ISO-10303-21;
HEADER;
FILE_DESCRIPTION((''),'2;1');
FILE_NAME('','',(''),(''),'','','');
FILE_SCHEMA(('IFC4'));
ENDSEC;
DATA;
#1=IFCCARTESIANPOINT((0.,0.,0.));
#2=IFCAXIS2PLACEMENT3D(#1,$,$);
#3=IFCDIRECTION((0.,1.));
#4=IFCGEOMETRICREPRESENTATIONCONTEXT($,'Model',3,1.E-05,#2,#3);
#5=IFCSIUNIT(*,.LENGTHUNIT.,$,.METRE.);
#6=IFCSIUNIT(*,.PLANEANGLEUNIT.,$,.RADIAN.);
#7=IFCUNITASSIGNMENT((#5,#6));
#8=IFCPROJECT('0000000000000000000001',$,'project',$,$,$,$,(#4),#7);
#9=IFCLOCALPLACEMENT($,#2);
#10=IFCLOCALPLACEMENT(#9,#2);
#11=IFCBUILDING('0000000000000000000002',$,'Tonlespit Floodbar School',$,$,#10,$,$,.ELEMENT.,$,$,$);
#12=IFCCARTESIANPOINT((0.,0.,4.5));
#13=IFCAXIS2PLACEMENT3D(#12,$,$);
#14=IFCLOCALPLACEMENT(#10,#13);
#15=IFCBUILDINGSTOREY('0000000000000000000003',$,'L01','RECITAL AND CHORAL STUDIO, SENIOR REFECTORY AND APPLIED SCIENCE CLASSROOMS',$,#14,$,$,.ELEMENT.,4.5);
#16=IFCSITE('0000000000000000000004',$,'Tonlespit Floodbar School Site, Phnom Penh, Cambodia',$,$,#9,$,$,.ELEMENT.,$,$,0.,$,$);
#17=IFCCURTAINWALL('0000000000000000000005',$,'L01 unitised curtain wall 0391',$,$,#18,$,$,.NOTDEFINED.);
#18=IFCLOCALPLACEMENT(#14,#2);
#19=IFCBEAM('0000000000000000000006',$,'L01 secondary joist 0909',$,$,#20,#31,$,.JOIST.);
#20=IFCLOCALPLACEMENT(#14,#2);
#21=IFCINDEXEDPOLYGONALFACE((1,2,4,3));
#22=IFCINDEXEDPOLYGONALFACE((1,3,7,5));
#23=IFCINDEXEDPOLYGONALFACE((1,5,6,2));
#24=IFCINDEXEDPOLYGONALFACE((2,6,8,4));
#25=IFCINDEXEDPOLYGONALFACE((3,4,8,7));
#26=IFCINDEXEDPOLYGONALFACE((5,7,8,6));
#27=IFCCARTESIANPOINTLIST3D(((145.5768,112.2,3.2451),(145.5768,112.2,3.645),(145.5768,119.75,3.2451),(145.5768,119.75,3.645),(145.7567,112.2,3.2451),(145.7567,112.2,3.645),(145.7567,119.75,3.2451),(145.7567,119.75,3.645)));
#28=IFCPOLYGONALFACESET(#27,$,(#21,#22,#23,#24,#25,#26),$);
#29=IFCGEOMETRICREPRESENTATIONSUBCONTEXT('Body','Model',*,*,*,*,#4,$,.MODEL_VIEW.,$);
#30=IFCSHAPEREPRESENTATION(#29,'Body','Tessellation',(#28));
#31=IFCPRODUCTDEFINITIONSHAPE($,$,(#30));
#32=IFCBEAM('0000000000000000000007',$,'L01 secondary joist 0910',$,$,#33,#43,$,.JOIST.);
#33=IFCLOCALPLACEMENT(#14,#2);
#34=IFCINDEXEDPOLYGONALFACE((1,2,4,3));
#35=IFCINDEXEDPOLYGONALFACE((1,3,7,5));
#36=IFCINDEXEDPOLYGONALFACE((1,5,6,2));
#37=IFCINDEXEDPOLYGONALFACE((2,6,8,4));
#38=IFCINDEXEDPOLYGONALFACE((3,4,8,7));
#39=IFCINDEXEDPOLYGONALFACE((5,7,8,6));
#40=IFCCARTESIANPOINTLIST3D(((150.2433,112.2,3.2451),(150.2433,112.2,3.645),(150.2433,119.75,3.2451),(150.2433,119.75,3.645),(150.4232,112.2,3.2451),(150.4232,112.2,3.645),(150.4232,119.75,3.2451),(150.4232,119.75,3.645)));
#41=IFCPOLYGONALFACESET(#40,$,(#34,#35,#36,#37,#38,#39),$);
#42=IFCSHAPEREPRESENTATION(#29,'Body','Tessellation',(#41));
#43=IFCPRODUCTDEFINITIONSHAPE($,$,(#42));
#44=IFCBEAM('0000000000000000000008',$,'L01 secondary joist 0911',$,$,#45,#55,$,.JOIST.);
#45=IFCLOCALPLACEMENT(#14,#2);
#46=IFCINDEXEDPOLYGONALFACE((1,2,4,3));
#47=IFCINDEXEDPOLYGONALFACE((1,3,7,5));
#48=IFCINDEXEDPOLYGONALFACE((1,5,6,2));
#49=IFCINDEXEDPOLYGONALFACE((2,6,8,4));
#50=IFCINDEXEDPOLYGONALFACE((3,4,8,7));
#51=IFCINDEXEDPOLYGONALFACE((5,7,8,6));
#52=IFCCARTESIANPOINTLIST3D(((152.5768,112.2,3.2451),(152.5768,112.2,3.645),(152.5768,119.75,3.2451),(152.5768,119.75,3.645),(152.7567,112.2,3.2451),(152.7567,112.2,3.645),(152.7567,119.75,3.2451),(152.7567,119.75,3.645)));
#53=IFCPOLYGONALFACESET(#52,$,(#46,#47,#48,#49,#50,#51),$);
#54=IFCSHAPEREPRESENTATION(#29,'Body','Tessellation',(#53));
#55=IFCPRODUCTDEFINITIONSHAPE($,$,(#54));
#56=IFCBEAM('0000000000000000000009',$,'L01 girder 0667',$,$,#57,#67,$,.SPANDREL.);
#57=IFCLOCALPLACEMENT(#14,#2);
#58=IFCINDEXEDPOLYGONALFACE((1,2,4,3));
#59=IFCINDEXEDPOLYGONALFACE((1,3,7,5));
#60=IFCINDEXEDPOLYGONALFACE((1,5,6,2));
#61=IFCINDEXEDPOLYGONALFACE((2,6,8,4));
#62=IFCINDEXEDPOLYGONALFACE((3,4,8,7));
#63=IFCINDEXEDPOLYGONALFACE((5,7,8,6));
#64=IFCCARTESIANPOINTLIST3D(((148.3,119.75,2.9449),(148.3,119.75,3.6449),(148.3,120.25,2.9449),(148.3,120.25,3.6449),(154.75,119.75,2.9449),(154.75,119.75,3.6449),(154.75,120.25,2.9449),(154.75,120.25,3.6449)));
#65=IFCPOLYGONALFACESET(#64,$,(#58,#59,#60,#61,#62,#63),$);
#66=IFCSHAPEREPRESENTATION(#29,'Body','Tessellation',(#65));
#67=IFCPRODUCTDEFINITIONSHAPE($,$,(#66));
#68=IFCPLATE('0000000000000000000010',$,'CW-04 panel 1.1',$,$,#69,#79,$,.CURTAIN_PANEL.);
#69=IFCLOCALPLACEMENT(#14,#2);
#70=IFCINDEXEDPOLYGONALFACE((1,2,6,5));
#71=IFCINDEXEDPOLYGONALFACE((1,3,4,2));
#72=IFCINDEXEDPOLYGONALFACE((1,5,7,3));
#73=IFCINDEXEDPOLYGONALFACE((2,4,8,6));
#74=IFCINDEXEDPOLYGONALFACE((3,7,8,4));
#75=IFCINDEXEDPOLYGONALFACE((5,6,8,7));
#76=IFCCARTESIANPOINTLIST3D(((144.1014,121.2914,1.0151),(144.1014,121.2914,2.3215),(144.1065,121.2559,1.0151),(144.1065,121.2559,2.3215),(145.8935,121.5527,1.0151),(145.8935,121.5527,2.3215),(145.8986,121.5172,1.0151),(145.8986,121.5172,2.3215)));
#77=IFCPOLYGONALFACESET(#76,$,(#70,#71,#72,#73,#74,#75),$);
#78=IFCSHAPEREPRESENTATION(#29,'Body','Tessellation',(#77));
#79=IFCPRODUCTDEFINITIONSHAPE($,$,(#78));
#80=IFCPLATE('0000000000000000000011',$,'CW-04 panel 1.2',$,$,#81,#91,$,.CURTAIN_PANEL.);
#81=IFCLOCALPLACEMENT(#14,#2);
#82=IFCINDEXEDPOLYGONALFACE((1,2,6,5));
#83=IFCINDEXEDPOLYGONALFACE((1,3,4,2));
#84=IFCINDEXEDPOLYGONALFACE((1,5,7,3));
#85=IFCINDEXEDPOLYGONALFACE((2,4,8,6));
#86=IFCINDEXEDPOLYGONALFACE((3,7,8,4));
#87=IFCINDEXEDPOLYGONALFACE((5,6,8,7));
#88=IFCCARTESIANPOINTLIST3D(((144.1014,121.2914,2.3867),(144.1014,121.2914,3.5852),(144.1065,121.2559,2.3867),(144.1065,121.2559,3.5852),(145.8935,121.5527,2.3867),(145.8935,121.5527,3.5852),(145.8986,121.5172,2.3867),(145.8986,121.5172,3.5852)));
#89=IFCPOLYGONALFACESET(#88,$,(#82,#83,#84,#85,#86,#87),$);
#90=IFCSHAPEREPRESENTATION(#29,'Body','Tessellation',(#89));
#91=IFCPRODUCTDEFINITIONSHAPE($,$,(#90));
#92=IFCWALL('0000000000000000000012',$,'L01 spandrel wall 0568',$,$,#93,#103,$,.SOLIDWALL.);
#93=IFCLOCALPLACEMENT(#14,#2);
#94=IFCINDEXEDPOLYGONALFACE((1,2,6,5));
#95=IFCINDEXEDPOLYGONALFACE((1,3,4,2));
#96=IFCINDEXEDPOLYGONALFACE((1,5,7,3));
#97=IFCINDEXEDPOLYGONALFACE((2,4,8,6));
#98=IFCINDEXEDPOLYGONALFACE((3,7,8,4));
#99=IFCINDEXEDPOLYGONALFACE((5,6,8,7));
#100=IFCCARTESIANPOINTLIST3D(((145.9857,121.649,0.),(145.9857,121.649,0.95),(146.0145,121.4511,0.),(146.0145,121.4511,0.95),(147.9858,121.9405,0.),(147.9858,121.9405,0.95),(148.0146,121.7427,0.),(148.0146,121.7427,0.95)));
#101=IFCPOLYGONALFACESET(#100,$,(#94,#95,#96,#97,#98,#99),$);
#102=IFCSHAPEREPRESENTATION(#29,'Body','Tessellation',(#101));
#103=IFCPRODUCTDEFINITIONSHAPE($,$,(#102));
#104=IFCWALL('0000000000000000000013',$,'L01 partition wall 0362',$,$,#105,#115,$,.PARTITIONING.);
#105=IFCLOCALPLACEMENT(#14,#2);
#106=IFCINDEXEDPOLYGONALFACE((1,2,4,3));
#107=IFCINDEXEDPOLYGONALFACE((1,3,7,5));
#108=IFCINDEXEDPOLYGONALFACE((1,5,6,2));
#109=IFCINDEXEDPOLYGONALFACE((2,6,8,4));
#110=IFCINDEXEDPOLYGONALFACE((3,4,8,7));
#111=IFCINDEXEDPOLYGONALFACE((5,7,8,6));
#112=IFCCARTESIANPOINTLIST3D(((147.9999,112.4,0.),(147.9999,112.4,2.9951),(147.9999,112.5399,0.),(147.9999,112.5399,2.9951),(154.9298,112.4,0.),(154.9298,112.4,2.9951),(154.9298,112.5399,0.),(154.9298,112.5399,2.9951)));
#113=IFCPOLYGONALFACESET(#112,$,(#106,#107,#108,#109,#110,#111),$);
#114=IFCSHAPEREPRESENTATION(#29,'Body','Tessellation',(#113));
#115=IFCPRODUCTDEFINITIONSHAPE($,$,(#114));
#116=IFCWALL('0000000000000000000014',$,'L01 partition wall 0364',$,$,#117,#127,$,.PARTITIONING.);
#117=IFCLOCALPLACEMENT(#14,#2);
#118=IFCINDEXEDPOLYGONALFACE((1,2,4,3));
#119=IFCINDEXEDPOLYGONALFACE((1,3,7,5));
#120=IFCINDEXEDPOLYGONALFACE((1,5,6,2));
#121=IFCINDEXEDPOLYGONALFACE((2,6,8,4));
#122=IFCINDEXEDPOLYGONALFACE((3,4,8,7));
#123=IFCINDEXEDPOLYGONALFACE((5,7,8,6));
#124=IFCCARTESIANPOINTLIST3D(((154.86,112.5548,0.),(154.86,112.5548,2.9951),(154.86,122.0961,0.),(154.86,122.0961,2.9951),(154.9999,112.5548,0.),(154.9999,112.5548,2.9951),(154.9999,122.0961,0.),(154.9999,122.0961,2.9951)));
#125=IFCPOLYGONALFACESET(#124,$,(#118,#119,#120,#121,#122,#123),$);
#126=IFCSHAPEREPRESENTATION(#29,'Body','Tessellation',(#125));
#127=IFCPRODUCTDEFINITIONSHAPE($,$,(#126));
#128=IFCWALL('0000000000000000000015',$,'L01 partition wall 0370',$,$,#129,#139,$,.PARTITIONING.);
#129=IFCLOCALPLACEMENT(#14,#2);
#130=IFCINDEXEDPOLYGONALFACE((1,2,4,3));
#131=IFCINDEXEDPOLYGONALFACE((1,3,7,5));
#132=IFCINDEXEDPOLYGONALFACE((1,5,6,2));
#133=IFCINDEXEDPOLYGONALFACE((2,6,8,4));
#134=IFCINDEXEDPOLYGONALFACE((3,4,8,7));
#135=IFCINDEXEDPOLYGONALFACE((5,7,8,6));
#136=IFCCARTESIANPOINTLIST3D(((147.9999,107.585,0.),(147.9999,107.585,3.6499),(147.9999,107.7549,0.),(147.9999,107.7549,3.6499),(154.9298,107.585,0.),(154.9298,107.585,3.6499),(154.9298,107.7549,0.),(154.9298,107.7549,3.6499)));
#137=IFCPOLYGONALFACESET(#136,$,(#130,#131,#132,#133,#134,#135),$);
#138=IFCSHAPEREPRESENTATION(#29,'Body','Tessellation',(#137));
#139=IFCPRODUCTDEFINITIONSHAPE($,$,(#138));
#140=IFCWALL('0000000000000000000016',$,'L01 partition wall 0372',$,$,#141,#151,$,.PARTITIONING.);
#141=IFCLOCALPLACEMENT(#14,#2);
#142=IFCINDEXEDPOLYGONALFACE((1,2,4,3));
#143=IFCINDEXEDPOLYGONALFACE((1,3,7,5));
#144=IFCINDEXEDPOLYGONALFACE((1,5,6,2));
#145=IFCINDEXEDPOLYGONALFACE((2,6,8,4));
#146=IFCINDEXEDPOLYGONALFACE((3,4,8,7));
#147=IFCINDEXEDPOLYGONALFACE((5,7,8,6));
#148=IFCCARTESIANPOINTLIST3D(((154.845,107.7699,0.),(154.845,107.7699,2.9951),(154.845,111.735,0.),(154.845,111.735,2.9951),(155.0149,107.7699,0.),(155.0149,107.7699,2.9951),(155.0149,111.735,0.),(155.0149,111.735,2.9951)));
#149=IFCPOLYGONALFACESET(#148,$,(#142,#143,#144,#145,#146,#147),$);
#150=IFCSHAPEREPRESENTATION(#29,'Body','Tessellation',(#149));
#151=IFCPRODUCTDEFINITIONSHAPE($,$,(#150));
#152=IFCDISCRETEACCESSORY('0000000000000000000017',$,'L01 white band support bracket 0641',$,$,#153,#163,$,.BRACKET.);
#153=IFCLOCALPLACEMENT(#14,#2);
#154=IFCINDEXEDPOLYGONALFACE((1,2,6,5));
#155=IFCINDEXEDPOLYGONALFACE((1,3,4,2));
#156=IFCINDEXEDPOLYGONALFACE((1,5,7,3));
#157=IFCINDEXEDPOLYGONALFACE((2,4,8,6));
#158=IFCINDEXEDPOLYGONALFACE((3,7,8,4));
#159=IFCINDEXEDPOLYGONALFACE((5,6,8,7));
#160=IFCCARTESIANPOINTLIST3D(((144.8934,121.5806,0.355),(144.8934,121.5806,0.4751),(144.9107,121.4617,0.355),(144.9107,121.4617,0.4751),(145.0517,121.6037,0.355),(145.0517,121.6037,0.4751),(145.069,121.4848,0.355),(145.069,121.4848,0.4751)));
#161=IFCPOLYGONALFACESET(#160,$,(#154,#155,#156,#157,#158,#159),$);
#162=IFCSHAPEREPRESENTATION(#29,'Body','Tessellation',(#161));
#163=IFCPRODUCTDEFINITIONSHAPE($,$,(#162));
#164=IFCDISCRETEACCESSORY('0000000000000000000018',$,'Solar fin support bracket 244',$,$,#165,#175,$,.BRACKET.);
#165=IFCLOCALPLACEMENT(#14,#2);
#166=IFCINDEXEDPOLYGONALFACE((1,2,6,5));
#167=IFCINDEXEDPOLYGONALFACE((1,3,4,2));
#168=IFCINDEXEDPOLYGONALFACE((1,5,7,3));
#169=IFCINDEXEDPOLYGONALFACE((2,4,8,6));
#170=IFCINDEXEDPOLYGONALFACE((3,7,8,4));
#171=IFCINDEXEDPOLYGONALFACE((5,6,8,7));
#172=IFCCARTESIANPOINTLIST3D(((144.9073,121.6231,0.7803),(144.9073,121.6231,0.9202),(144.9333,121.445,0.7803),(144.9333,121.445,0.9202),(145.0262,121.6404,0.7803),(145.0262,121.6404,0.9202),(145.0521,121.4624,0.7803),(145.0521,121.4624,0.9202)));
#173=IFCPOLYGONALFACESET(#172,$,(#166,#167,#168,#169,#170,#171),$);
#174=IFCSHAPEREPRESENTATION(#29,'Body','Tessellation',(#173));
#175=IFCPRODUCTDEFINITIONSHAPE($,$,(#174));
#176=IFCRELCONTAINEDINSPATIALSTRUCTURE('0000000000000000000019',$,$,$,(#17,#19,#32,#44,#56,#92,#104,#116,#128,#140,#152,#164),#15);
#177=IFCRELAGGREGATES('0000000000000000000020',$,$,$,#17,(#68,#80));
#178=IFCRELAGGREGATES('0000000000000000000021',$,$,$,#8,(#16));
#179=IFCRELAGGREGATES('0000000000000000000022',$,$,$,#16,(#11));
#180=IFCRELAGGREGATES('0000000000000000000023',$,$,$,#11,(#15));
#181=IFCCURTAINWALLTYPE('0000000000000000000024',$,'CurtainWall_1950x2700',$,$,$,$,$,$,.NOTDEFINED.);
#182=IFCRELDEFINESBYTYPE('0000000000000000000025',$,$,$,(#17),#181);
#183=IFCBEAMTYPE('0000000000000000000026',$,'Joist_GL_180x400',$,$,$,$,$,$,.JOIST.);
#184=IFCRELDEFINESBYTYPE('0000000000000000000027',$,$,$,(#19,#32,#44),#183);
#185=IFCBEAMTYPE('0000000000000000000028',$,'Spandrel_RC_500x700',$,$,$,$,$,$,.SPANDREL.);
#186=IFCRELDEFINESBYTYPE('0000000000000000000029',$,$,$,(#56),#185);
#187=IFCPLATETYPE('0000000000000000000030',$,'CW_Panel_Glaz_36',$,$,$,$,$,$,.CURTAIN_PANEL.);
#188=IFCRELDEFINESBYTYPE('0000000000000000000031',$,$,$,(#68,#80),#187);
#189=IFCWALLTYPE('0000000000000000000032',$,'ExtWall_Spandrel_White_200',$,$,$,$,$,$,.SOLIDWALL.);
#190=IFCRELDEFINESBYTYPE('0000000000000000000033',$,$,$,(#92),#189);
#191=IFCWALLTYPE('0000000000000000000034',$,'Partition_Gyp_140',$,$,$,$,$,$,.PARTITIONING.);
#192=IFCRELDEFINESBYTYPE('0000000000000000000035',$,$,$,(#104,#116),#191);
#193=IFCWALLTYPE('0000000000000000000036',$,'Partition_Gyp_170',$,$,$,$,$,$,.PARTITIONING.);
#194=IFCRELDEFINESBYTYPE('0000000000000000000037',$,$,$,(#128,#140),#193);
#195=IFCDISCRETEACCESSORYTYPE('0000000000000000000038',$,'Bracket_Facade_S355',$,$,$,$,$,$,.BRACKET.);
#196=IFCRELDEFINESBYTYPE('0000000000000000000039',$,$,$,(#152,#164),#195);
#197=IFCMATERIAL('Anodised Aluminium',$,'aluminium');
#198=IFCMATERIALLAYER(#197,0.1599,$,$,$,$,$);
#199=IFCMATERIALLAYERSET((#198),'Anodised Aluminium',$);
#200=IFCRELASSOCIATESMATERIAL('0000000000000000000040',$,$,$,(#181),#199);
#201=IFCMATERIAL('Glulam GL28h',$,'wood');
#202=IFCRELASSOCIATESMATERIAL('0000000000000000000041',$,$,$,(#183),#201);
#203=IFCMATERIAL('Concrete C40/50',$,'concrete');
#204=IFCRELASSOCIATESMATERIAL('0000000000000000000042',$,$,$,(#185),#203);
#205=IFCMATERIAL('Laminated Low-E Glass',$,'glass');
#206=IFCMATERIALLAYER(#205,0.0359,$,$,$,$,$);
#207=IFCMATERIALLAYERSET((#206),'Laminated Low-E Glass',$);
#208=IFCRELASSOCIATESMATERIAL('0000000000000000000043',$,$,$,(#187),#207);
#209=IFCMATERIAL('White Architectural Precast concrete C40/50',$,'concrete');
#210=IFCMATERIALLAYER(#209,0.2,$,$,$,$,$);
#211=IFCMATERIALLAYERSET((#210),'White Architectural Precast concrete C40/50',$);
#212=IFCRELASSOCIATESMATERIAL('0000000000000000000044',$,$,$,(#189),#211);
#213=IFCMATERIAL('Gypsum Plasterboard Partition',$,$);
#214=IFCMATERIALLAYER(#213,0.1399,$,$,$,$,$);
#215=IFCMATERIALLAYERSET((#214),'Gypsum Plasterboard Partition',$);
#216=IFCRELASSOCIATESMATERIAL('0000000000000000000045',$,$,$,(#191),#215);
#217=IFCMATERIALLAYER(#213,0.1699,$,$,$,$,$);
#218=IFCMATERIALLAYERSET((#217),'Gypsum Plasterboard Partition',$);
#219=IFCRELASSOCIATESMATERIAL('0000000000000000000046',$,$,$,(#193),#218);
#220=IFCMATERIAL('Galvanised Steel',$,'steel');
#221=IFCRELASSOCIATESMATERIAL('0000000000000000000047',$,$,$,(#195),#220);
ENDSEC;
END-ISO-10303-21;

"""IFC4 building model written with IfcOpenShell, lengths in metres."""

from ifc_helpers import new_model, si_unit, direction, frame, frame_2d, origin, origin_2d, place, context, subcontext, project, spatial, rectangle, extrude, material, layer, layer_set, material_profile, profile_set, type_object, element, aggregate, save


model = new_model("IFC4")

# Units and contexts
model_context = context("Model", 3, precision=1e-05, world=origin(), true_north=direction((0.0, 1.0)))
body_context = subcontext(model_context, "Body", "Model", "MODEL_VIEW")
ifc_project = project(units=[si_unit("LENGTHUNIT", "METRE"), si_unit("PLANEANGLEUNIT", "RADIAN")], contexts=[model_context])

# Site, building, storey
site_placement = place(None, origin())
site = spatial("IfcSite", under=ifc_project, at=site_placement, Name="Tonlespit Floodbar School Site, Phnom Penh, Cambodia", CompositionType="ELEMENT", RefElevation=0.0)
building_placement = place(site_placement, origin())
building = spatial("IfcBuilding", under=site, at=building_placement, Name="Tonlespit Floodbar School", CompositionType="ELEMENT")
storey_placement = place(building_placement, frame((0.0, 0.0, 4.5)))
storey = spatial("IfcBuildingStorey", under=building, at=storey_placement, Name="L01", Description="RECITAL AND CHORAL STUDIO, SENIOR REFECTORY AND APPLIED SCIENCE CLASSROOMS", CompositionType="ELEMENT", Elevation=4.5)

# Shared definitions
ifc_material_1 = material(Name="Concrete C40/50", Category="concrete")

# Curtain wall
ifc_material_2 = material(Name="Anodised Aluminium", Category="aluminium")
ifc_layer_1 = layer(ifc_material_2, 0.1599)
ifc_layer_set_1 = layer_set([ifc_layer_1], Name="Anodised Aluminium")
curtain_wall_type = type_object("IfcCurtainWallType", Name="CurtainWall_1950x2700", PredefinedType="NOTDEFINED", material=ifc_layer_set_1)
curtain_wall_1_placement = place(storey_placement, origin())
curtain_wall_1 = element("IfcCurtainWall", 1, at=curtain_wall_1_placement, inside=storey, type_object=curtain_wall_type, Name="L01 unitised curtain wall 0391", PredefinedType="NOTDEFINED")

# Beams
ifc_material_3 = material(Name="Glulam GL28h", Category="wood")
ifc_material_profile_1 = material_profile(ifc_material_3, rectangle(XDim=0.1799, YDim=0.3999, at=origin_2d()), Name="GL 180x400")
ifc_profile_set_1 = profile_set([ifc_material_profile_1], Name="Glulam GL28h")
beam_type_1 = type_object("IfcBeamType", Name="Joist_GL_180x400", PredefinedType="JOIST", material=ifc_profile_set_1)
for number, where, z_axis, x_axis, name in (
    (2, (145.6667, 112.2, 3.4451), (0.0, 1.0, 0.0), (-1.0, 0.0, 0.0), "L01 secondary joist 0909"),
    (3, (150.3333, 112.2, 3.4451), (0.0, 1.0, 0.0), (-1.0, 0.0, 0.0), "L01 secondary joist 0910"),
    (4, (152.6667, 112.2, 3.4451), (0.0, 1.0, 0.0), (-1.0, 0.0, 0.0), "L01 secondary joist 0911"),
):
    element("IfcBeam", number, at=place(storey_placement, frame(where, z_axis=z_axis, x_axis=x_axis)), inside=storey, type_object=beam_type_1, Name=name, PredefinedType="JOIST", context=body_context, shape_type="SweptSolid", body=[
        extrude(rectangle(XDim=0.1799, YDim=0.3999, at=origin_2d()), origin(), (0.0, 0.0, 1.0), 7.55),
    ])
ifc_material_profile_2 = material_profile(ifc_material_1, rectangle(XDim=0.5, YDim=0.7, at=origin_2d()), Name="RC 500x700")
ifc_profile_set_2 = profile_set([ifc_material_profile_2], Name="Concrete C40/50")
beam_type_2 = type_object("IfcBeamType", Name="Spandrel_RC_500x700", PredefinedType="SPANDREL", material=ifc_profile_set_2)
beam_1_placement = place(storey_placement, frame((148.3, 120.0, 3.2949), z_axis=(1.0, 0.0, 0.0), x_axis=(0.0, 1.0, 0.0)))
element("IfcBeam", 5, at=beam_1_placement, inside=storey, type_object=beam_type_2, Name="L01 girder 0667", PredefinedType="SPANDREL", context=body_context, shape_type="SweptSolid", body=[
    extrude(rectangle(XDim=0.5, YDim=0.7, at=origin_2d()), origin(), (0.0, 0.0, 1.0), 6.45),
])

# Plates
ifc_material_4 = material(Name="Laminated Low-E Glass", Category="glass")
ifc_layer_2 = layer(ifc_material_4, 0.0359)
ifc_layer_set_2 = layer_set([ifc_layer_2], Name="Laminated Low-E Glass")
plate_type = type_object("IfcPlateType", Name="CW_Panel_Glaz_36", PredefinedType="CURTAIN_PANEL", material=ifc_layer_set_2)
plate_1_placement = place(storey_placement, frame((145.0, 121.4043, 1.0151), z_axis=(0.0, 0.0, 1.0), x_axis=(0.989542, 0.144248, 0.0)))
plate_1 = element("IfcPlate", 6, at=plate_1_placement, type_object=plate_type, Name="CW-04 panel 1.1", PredefinedType="CURTAIN_PANEL", context=body_context, shape_type="SweptSolid", body=[
    extrude(rectangle(XDim=1.811, YDim=0.0359, at=origin_2d()), origin(), (0.0, 0.0, 1.0), 1.3064),
])
plate_2_placement = place(storey_placement, frame((145.0, 121.4043, 2.3867), z_axis=(0.0, 0.0, 1.0), x_axis=(0.989542, 0.144248, 0.0)))
plate_2 = element("IfcPlate", 7, at=plate_2_placement, type_object=plate_type, Name="CW-04 panel 1.2", PredefinedType="CURTAIN_PANEL", context=body_context, shape_type="SweptSolid", body=[
    extrude(rectangle(XDim=1.811, YDim=0.0359, at=origin_2d()), origin(), (0.0, 0.0, 1.0), 1.1985),
])
aggregate(curtain_wall_1, [plate_1, plate_2])

# Walls
ifc_material_5 = material(Name="White Architectural Precast concrete C40/50", Category="concrete")
ifc_layer_3 = layer(ifc_material_5, 0.2)
ifc_layer_set_3 = layer_set([ifc_layer_3], Name="White Architectural Precast concrete C40/50")
wall_type_1 = type_object("IfcWallType", Name="ExtWall_Spandrel_White_200", PredefinedType="SOLIDWALL", material=ifc_layer_set_3)
wall_1_placement = place(storey_placement, frame((146.0, 121.55, 0.0), z_axis=(0.0, 0.0, 1.0), x_axis=(0.989544, 0.144228, 0.0)))
element("IfcWall", 8, at=wall_1_placement, inside=storey, type_object=wall_type_1, Name="L01 spandrel wall 0568", PredefinedType="SOLIDWALL", context=body_context, shape_type="SweptSolid", body=[
    extrude(rectangle(XDim=2.0212, YDim=0.2, at=frame_2d((1.0107, 0.0))), origin(), (0.0, 0.0, 1.0), 0.95),
])
ifc_material_6 = material(Name="Gypsum Plasterboard Partition")
ifc_layer_4 = layer(ifc_material_6, 0.1399)
ifc_layer_set_4 = layer_set([ifc_layer_4], Name="Gypsum Plasterboard Partition")
wall_type_2 = type_object("IfcWallType", Name="Partition_Gyp_140", PredefinedType="PARTITIONING", material=ifc_layer_set_4)
wall_2_placement = place(storey_placement, frame((148.0, 112.47, 0.0), z_axis=(0.0, 0.0, 1.0), x_axis=(1.0, 0.0, 0.0)))
element("IfcWall", 9, at=wall_2_placement, inside=storey, type_object=wall_type_2, Name="L01 partition wall 0362", PredefinedType="PARTITIONING", context=body_context, shape_type="SweptSolid", body=[
    extrude(rectangle(XDim=6.9299, YDim=0.1399, at=frame_2d((3.4648, 0.0))), origin(), (0.0, 0.0, 1.0), 2.9951),
])
wall_3_placement = place(storey_placement, frame((154.9299, 112.5549, 0.0), z_axis=(0.0, 0.0, 1.0), x_axis=(0.0, 1.0, 0.0)))
element("IfcWall", 10, at=wall_3_placement, inside=storey, type_object=wall_type_2, Name="L01 partition wall 0364", PredefinedType="PARTITIONING", context=body_context, shape_type="SweptSolid", body=[
    extrude(rectangle(XDim=9.5413, YDim=0.1399, at=frame_2d((4.7705, 0.0))), origin(), (0.0, 0.0, 1.0), 2.9951),
])
ifc_layer_5 = layer(ifc_material_6, 0.1699)
ifc_layer_set_5 = layer_set([ifc_layer_5], Name="Gypsum Plasterboard Partition")
wall_type_3 = type_object("IfcWallType", Name="Partition_Gyp_170", PredefinedType="PARTITIONING", material=ifc_layer_set_5)
wall_4_placement = place(storey_placement, frame((148.0, 107.6699, 0.0), z_axis=(0.0, 0.0, 1.0), x_axis=(1.0, 0.0, 0.0)))
element("IfcWall", 11, at=wall_4_placement, inside=storey, type_object=wall_type_3, Name="L01 partition wall 0370", PredefinedType="PARTITIONING", context=body_context, shape_type="SweptSolid", body=[
    extrude(rectangle(XDim=6.9299, YDim=0.1699, at=frame_2d((3.4648, 0.0))), origin(), (0.0, 0.0, 1.0), 3.6499),
])
wall_5_placement = place(storey_placement, frame((154.9299, 107.77, 0.0), z_axis=(0.0, 0.0, 1.0), x_axis=(0.0, 1.0, 0.0)))
element("IfcWall", 12, at=wall_5_placement, inside=storey, type_object=wall_type_3, Name="L01 partition wall 0372", PredefinedType="PARTITIONING", context=body_context, shape_type="SweptSolid", body=[
    extrude(rectangle(XDim=3.9651, YDim=0.1699, at=frame_2d((1.9824, 0.0))), origin(), (0.0, 0.0, 1.0), 2.9951),
])

# Discrete accessories
ifc_material_7 = material(Name="Galvanised Steel", Category="steel")
discrete_accessory_type = type_object("IfcDiscreteAccessoryType", Name="Bracket_Facade_S355", PredefinedType="BRACKET", material=ifc_material_7)
discrete_accessory_1_placement = place(storey_placement, frame((144.9812, 121.5327, 0.355), z_axis=(0.0, 0.0, 1.0), x_axis=(0.989538, 0.144275, 0.0)))
element("IfcDiscreteAccessory", 13, at=discrete_accessory_1_placement, inside=storey, type_object=discrete_accessory_type, Name="L01 white band support bracket 0641", PredefinedType="BRACKET", context=body_context, shape_type="SweptSolid", body=[
    extrude(rectangle(XDim=0.1599, YDim=0.1201, at=origin_2d()), origin(), (0.0, 0.0, 1.0), 0.1201),
])
discrete_accessory_2_placement = place(storey_placement, frame((144.9797, 121.5427, 0.7803), z_axis=(0.0, 0.0, 1.0), x_axis=(0.989538, 0.144275, 0.0)))
element("IfcDiscreteAccessory", 14, at=discrete_accessory_2_placement, inside=storey, type_object=discrete_accessory_type, Name="Solar fin support bracket 244", PredefinedType="BRACKET", context=body_context, shape_type="SweptSolid", body=[
    extrude(rectangle(XDim=0.1201, YDim=0.1799, at=origin_2d()), origin(), (0.0, 0.0, 1.0), 0.1399),
])

save(model, "model.ifc")
